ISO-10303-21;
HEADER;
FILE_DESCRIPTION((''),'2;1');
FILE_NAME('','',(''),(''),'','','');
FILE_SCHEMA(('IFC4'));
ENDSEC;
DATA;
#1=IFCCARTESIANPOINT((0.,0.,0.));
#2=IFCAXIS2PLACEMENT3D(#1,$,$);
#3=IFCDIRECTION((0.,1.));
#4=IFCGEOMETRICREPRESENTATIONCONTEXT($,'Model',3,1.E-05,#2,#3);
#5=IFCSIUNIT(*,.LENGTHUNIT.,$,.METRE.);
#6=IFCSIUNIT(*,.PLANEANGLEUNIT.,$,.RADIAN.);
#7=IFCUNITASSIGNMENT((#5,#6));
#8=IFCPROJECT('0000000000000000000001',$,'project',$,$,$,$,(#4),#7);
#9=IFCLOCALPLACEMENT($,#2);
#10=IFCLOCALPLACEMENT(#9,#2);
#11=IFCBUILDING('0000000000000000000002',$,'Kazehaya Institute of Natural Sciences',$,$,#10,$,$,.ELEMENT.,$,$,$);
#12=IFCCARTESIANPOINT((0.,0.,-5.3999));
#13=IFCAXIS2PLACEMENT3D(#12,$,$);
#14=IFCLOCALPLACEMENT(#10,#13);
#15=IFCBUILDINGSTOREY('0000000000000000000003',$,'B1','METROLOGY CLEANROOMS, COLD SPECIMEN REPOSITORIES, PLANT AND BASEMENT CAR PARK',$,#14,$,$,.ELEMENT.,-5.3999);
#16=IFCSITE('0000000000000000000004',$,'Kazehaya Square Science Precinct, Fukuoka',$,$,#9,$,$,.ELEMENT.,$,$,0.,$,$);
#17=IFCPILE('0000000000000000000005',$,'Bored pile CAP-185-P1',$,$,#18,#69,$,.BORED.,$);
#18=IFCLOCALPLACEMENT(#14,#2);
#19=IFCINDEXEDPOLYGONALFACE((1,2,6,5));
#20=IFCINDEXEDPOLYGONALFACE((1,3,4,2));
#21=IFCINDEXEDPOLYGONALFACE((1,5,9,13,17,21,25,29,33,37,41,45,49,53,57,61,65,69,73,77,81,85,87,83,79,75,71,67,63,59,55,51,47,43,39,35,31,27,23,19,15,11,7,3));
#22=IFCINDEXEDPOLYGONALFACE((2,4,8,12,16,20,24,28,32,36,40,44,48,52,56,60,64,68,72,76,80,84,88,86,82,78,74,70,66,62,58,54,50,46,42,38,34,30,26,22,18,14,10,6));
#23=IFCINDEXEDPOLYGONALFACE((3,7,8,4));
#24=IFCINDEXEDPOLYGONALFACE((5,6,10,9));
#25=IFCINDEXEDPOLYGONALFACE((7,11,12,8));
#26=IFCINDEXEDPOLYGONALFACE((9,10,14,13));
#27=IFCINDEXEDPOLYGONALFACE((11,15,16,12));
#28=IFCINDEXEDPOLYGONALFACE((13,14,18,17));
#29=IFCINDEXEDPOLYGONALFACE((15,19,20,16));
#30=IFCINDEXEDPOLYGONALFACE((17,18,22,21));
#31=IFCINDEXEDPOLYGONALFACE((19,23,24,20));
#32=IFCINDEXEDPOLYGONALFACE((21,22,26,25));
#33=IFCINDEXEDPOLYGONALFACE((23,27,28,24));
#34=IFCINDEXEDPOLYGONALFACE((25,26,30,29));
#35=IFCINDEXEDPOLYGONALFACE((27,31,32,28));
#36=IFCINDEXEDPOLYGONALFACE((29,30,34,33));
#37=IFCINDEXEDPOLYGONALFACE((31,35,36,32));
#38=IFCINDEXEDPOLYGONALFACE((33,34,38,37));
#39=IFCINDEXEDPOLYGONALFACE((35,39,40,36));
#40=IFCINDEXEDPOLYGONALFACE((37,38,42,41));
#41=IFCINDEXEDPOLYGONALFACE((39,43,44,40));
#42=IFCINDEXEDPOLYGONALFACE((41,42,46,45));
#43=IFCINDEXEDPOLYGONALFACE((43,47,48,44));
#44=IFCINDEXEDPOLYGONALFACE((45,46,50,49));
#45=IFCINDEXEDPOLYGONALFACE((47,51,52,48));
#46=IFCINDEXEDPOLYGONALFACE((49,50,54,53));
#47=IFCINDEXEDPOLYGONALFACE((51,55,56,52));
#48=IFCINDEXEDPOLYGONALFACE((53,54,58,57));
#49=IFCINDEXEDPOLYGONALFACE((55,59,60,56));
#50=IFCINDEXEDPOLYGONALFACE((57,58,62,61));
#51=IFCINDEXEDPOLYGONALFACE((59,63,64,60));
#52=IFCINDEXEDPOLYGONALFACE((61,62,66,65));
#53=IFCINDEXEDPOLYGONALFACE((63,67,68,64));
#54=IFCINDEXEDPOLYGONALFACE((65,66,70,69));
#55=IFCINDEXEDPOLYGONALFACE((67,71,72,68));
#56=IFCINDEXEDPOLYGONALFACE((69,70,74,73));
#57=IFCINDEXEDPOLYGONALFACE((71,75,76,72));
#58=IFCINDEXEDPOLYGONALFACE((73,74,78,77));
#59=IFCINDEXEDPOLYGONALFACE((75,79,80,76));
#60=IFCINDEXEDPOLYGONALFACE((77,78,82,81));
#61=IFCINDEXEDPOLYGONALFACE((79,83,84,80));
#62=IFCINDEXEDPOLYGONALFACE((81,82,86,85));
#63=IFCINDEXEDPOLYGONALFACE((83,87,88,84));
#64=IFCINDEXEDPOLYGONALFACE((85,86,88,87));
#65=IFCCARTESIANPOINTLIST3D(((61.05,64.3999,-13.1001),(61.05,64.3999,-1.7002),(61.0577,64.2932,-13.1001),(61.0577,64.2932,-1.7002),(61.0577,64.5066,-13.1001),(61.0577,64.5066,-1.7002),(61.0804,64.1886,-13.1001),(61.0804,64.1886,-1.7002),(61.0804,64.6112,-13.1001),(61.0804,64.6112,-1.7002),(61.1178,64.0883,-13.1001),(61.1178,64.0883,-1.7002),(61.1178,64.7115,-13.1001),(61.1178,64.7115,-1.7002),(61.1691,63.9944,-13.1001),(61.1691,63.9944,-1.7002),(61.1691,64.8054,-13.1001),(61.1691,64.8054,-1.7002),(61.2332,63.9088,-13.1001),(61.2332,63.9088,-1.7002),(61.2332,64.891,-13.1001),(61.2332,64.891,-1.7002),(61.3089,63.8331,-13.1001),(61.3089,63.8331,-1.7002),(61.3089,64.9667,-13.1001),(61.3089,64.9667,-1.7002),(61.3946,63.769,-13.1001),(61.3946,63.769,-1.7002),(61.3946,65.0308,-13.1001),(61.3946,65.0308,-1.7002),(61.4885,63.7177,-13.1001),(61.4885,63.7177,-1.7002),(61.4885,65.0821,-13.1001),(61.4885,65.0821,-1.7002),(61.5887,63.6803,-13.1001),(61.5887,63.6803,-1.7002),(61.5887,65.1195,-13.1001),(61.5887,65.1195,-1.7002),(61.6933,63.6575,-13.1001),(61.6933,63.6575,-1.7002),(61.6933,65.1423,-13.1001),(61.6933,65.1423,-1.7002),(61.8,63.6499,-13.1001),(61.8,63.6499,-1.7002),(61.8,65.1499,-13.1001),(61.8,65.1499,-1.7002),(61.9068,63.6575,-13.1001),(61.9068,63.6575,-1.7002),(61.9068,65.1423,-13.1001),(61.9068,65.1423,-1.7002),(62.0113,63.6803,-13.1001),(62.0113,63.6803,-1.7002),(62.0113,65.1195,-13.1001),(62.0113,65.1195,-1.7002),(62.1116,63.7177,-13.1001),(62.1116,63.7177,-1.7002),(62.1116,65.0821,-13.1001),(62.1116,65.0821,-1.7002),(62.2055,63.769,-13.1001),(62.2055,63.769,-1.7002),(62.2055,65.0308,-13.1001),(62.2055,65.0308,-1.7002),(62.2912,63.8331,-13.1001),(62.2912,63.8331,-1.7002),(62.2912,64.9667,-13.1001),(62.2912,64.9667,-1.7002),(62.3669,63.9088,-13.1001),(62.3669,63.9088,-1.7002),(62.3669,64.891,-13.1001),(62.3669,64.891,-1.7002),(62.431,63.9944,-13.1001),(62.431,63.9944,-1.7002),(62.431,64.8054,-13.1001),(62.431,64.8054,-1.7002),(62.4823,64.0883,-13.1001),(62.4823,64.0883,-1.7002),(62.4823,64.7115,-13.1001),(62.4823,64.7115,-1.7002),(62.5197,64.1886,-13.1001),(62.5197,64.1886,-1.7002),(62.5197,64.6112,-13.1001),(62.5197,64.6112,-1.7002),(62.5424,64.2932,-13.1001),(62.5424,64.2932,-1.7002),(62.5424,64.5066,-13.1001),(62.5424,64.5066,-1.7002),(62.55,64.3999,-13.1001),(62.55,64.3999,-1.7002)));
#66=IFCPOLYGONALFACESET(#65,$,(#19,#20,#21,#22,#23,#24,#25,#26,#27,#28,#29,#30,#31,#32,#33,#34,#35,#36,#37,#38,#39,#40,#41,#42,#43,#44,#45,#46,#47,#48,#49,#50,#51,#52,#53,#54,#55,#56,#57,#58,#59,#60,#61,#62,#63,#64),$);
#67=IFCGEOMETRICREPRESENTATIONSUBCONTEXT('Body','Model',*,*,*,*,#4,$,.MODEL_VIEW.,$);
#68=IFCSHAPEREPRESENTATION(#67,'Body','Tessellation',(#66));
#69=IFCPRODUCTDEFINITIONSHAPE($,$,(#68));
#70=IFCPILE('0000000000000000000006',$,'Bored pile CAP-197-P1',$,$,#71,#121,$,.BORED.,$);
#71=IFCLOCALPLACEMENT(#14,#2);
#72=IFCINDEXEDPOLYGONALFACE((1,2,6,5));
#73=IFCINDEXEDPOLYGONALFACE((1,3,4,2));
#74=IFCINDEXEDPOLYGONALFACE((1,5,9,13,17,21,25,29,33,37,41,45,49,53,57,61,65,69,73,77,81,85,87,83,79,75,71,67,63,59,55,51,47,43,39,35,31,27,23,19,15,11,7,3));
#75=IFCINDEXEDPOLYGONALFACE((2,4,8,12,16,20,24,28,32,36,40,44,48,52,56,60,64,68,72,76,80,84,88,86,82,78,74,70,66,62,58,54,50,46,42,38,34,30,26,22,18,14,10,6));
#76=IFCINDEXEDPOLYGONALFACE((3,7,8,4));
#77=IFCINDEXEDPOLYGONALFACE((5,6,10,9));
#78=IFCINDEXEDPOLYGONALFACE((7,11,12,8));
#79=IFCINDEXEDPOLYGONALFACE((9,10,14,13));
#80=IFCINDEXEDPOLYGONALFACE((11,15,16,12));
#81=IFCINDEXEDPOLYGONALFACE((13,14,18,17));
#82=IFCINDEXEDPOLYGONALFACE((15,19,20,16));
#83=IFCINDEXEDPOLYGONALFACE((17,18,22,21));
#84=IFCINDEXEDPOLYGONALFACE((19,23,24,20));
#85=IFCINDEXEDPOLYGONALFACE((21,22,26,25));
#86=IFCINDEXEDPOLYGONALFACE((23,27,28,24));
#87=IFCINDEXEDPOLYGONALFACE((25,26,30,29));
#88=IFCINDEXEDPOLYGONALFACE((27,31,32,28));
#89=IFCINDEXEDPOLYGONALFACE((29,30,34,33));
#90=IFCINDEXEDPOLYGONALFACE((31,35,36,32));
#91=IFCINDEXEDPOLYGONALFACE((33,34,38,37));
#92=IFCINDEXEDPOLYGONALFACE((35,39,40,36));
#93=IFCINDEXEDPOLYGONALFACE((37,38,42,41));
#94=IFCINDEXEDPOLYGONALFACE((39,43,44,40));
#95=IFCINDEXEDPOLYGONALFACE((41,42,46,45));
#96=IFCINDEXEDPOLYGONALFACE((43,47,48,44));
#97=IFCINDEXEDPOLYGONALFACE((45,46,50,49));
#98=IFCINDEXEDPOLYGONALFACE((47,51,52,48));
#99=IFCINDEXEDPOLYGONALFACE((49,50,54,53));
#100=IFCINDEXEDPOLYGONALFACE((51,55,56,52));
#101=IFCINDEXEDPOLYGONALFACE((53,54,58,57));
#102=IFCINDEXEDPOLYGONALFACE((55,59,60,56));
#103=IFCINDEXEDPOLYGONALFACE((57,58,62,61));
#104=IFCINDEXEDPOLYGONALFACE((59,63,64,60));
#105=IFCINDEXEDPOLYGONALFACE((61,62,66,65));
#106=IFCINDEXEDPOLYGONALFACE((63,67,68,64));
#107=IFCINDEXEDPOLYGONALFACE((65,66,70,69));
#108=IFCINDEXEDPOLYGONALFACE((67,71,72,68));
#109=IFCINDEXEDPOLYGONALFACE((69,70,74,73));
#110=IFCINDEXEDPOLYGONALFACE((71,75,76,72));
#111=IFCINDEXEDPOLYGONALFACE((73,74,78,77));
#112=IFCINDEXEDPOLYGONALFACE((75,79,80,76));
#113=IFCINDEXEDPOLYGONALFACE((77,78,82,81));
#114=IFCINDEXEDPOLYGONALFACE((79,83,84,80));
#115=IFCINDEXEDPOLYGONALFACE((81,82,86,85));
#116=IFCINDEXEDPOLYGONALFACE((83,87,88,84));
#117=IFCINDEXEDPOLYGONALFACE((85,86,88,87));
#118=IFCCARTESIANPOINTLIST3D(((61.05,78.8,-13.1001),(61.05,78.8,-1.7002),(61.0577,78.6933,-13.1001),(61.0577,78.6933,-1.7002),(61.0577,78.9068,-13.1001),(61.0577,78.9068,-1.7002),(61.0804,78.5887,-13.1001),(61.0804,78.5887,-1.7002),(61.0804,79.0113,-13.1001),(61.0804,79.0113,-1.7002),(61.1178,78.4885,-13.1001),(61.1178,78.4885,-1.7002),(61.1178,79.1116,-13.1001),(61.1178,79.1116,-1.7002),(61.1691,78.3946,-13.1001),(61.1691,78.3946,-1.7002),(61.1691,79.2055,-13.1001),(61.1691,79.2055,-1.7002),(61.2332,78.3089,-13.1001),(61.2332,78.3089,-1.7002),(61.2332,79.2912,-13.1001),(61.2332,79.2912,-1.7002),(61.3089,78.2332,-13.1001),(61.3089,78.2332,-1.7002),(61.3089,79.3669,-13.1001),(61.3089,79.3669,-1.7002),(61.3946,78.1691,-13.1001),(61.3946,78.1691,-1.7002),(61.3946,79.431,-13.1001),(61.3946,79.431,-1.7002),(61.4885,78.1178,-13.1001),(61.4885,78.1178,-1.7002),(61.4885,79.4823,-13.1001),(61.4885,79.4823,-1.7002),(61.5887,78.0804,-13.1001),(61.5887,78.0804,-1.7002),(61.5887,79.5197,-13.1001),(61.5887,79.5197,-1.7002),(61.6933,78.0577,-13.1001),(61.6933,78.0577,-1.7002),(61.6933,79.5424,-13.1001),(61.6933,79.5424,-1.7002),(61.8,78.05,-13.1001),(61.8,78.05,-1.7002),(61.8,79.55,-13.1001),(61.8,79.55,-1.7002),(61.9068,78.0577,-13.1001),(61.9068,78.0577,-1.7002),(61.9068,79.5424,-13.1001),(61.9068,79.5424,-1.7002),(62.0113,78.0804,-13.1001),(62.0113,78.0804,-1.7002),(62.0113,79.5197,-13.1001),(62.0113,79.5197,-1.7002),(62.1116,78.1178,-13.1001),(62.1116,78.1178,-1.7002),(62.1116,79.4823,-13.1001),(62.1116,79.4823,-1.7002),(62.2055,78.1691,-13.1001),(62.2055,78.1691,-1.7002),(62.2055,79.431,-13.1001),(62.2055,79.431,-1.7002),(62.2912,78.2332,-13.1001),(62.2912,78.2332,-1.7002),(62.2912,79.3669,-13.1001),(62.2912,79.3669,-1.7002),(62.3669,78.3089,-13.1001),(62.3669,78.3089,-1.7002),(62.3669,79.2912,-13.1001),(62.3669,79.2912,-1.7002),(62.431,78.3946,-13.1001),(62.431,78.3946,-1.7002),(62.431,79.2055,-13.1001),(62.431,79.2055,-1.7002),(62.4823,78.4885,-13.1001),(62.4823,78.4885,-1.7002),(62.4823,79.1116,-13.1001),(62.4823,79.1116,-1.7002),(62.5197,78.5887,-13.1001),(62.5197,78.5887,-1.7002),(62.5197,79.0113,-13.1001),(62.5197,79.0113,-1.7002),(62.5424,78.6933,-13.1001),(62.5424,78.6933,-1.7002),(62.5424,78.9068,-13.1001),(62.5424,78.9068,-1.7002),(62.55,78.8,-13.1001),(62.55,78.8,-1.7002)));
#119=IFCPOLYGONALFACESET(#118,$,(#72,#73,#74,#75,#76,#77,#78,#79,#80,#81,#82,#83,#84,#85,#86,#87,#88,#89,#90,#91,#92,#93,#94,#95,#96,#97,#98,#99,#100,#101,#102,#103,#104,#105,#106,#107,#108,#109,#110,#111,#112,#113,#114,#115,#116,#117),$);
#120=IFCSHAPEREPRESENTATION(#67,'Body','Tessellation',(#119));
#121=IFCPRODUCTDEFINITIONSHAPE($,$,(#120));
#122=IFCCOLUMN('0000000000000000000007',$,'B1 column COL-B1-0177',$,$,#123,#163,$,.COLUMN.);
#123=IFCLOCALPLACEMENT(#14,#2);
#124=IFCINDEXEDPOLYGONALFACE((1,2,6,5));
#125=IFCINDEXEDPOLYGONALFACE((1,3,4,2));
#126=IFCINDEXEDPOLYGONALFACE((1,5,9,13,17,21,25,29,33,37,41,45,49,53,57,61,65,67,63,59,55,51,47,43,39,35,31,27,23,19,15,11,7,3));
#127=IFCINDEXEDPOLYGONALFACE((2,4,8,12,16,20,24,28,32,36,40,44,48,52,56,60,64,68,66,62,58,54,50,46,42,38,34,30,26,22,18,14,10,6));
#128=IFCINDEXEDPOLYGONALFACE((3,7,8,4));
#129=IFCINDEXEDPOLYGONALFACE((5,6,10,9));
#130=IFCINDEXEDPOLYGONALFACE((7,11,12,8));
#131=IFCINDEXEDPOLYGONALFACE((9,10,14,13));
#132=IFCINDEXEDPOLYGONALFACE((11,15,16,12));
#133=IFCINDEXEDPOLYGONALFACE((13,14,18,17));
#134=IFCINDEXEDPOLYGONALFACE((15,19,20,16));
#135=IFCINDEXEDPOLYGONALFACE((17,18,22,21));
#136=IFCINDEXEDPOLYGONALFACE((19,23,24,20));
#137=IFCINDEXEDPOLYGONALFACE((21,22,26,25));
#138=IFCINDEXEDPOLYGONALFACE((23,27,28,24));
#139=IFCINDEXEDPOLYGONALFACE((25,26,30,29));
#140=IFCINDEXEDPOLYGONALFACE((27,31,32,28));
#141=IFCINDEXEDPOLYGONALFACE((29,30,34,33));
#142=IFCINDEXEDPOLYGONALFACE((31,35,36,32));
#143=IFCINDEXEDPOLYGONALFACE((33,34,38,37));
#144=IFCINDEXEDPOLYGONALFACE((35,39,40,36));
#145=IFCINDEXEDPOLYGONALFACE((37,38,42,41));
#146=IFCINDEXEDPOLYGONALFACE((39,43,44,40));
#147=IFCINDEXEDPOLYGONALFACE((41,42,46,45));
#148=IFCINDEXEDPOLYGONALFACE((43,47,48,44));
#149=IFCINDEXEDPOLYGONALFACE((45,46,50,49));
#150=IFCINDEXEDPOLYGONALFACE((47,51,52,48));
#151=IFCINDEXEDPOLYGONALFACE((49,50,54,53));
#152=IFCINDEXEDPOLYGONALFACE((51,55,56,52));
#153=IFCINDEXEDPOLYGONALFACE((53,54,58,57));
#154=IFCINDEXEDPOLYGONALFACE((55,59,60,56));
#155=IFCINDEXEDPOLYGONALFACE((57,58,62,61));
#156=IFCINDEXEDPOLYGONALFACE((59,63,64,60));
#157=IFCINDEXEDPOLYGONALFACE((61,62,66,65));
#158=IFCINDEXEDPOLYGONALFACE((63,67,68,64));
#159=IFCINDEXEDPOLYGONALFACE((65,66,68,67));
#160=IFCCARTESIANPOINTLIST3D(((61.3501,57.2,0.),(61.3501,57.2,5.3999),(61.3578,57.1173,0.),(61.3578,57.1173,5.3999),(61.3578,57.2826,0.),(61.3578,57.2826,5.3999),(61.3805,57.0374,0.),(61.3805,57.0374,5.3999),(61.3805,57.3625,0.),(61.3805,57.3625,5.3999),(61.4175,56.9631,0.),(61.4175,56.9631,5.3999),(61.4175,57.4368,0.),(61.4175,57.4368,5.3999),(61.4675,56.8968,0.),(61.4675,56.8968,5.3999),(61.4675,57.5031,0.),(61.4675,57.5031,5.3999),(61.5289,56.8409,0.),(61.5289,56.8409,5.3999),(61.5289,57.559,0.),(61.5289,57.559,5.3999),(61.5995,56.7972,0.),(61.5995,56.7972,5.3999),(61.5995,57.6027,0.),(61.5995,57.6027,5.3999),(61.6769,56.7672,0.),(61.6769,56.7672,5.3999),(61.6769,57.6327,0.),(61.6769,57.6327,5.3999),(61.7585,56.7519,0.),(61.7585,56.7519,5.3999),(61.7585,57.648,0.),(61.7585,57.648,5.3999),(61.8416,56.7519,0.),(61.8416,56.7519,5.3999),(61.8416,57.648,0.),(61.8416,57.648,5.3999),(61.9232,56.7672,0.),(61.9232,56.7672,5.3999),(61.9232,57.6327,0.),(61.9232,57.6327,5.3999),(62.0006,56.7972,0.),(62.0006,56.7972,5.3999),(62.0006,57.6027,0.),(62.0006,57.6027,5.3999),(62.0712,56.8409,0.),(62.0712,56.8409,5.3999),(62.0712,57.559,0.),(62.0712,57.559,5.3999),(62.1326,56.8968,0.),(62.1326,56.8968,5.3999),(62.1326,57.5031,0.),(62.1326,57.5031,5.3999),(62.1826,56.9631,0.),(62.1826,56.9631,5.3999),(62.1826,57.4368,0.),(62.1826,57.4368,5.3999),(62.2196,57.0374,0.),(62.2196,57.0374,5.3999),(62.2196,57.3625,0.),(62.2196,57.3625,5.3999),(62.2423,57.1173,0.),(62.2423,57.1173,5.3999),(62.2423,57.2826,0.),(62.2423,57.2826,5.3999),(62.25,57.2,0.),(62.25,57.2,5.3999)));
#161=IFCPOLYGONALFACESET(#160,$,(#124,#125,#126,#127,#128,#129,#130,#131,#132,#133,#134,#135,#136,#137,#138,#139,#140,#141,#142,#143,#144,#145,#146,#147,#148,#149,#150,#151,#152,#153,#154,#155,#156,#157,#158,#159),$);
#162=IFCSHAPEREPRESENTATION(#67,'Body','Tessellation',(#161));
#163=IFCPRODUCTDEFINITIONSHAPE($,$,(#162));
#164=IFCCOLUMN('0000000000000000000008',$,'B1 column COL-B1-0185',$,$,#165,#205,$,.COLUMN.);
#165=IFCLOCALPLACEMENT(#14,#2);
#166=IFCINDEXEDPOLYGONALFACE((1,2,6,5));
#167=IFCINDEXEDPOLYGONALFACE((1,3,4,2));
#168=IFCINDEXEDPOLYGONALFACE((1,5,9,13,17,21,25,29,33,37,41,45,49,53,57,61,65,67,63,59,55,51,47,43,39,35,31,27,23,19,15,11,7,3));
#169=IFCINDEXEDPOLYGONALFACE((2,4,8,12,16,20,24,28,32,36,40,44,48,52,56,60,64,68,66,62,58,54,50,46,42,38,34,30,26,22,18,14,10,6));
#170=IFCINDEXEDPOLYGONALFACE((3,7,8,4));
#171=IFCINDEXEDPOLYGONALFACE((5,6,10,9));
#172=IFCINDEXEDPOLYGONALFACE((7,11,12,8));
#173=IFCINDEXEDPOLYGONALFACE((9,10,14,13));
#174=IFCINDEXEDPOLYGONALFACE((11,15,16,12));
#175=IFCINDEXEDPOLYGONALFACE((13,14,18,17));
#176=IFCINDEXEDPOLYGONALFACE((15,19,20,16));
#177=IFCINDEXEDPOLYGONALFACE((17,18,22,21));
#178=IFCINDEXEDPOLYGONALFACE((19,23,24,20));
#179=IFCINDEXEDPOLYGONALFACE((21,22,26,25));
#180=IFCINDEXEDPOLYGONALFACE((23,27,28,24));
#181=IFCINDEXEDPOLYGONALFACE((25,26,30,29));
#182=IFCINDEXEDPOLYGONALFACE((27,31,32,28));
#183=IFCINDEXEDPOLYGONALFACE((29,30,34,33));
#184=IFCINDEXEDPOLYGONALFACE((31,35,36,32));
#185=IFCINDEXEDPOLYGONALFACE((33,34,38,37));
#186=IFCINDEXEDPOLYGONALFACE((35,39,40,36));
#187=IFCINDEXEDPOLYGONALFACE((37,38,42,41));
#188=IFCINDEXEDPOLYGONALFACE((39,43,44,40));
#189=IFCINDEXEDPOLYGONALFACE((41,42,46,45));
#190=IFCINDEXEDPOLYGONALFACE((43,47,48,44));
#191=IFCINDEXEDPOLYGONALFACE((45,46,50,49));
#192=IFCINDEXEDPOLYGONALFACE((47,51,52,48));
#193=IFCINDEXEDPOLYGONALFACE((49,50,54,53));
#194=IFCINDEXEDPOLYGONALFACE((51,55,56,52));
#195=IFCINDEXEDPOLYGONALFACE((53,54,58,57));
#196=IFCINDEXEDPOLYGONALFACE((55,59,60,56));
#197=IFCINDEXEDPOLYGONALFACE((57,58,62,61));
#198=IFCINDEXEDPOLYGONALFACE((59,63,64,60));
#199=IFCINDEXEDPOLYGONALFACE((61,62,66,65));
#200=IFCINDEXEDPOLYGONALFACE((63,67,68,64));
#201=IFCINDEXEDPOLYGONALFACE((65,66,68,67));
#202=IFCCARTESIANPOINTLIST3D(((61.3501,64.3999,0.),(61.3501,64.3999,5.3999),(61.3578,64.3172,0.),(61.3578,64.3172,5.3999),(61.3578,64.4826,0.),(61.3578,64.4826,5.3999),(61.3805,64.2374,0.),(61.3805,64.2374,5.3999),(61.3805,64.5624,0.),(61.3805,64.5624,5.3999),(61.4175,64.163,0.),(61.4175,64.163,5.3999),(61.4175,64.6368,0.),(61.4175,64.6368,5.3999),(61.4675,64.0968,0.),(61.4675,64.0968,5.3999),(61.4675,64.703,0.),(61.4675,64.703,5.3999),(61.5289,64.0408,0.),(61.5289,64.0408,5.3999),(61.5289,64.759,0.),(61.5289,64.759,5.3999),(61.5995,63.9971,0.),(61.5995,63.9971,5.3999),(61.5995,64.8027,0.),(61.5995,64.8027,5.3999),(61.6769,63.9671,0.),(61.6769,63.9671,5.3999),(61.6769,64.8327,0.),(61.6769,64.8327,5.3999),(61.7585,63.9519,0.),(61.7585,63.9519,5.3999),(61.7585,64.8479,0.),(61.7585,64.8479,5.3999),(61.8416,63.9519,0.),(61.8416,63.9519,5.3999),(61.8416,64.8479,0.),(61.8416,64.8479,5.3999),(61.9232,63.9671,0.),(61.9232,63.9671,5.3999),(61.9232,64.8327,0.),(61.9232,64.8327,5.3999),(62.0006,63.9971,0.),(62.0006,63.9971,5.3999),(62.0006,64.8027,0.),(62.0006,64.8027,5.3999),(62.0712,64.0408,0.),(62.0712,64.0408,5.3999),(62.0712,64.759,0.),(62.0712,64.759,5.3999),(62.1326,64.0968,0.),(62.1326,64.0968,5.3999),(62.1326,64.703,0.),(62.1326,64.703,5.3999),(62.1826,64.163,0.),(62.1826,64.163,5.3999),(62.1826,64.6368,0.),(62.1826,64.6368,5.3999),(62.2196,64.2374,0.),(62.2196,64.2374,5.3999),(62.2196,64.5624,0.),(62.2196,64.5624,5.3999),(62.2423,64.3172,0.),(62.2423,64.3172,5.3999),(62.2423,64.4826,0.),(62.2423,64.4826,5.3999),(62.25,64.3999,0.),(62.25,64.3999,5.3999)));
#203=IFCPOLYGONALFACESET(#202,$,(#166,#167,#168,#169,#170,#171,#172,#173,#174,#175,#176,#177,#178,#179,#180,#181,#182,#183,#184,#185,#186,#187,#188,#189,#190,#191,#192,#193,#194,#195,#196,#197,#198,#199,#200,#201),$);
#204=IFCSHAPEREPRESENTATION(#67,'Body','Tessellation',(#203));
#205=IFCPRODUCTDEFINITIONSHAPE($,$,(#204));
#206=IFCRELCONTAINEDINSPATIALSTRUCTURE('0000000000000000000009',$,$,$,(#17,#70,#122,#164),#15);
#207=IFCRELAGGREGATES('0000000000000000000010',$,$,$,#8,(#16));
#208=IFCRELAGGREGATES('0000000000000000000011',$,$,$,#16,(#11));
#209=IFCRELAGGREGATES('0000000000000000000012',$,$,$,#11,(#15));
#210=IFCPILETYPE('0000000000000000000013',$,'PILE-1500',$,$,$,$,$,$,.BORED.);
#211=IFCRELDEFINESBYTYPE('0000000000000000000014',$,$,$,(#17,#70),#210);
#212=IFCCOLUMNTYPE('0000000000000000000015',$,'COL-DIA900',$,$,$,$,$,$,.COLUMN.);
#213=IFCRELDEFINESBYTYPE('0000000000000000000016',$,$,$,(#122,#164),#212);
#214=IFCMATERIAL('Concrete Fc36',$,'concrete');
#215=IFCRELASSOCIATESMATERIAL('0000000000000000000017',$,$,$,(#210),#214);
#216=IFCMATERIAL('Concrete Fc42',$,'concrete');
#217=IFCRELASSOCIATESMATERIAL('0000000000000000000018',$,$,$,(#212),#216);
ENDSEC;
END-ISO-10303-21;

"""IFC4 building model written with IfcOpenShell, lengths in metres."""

from ifc_helpers import new_model, si_unit, direction, frame, origin, origin_2d, place, context, subcontext, project, spatial, circle, extrude, material, material_profile, profile_set, type_object, element, save


model = new_model("IFC4")

# Units and contexts
model_context = context("Model", 3, precision=1e-05, world=origin(), true_north=direction((0.0, 1.0)))
body_context = subcontext(model_context, "Body", "Model", "MODEL_VIEW")
ifc_project = project(units=[si_unit("LENGTHUNIT", "METRE"), si_unit("PLANEANGLEUNIT", "RADIAN")], contexts=[model_context])

# Site, building, storey
site_placement = place(None, origin())
site = spatial("IfcSite", under=ifc_project, at=site_placement, Name="Kazehaya Square Science Precinct, Fukuoka", CompositionType="ELEMENT", RefElevation=0.0)
building_placement = place(site_placement, origin())
building = spatial("IfcBuilding", under=site, at=building_placement, Name="Kazehaya Institute of Natural Sciences", CompositionType="ELEMENT")
storey_placement = place(building_placement, frame((0.0, 0.0, -5.3999)))
storey = spatial("IfcBuildingStorey", under=building, at=storey_placement, Name="B1", Description="METROLOGY CLEANROOMS, COLD SPECIMEN REPOSITORIES, PLANT AND BASEMENT CAR PARK", CompositionType="ELEMENT", Elevation=-5.3999)

# Shared definitions
ifc_material_1 = material(Name="Concrete Fc36", Category="concrete")

# Piles
ifc_material_profile_1 = material_profile(ifc_material_1, circle(Radius=0.75, at=origin_2d()), Name="PILE-1500")
ifc_profile_set_1 = profile_set([ifc_material_profile_1], Name="Concrete Fc36")
pile_type_1 = type_object("IfcPileType", Name="PILE-1500", PredefinedType="BORED", material=ifc_profile_set_1)
for number, where, z_axis, x_axis, name in (
    (1, (61.8, 64.3999, -1.7002), (0.0, 0.0, -1.0), (1.0, 0.0, 0.0), "Bored pile CAP-185-P1"),
    (2, (61.8, 78.8, -1.7002), (0.0, 0.0, -1.0), (1.0, 0.0, 0.0), "Bored pile CAP-197-P1"),
):
    element("IfcPile", number, at=place(storey_placement, frame(where, z_axis=z_axis, x_axis=x_axis)), inside=storey, type_object=pile_type_1, Name=name, PredefinedType="BORED", context=body_context, shape_type="SweptSolid", body=[
        extrude(circle(Radius=0.75, at=origin_2d()), origin(), (0.0, 0.0, 1.0), 11.3999),
    ])

# Columns
ifc_material_2 = material(Name="Concrete Fc42", Category="concrete")
ifc_material_profile_2 = material_profile(ifc_material_2, circle(Radius=0.45, at=origin_2d()), Name="RC-DIA900")
ifc_profile_set_2 = profile_set([ifc_material_profile_2], Name="Concrete Fc42")
column_type_1 = type_object("IfcColumnType", Name="COL-DIA900", PredefinedType="COLUMN", material=ifc_profile_set_2)
for number, where, z_axis, x_axis, name in (
    (3, (61.8, 57.2, 0.0), (0.0, 0.0, 1.0), (1.0, 0.0, 0.0), "B1 column COL-B1-0177"),
    (4, (61.8, 64.3999, 0.0), (0.0, 0.0, 1.0), (1.0, 0.0, 0.0), "B1 column COL-B1-0185"),
):
    element("IfcColumn", number, at=place(storey_placement, frame(where, z_axis=z_axis, x_axis=x_axis)), inside=storey, type_object=column_type_1, Name=name, PredefinedType="COLUMN", context=body_context, shape_type="SweptSolid", body=[
        extrude(circle(Radius=0.45, at=origin_2d()), origin(), (0.0, 0.0, 1.0), 5.3999),
    ])

save(model, "model.ifc")
